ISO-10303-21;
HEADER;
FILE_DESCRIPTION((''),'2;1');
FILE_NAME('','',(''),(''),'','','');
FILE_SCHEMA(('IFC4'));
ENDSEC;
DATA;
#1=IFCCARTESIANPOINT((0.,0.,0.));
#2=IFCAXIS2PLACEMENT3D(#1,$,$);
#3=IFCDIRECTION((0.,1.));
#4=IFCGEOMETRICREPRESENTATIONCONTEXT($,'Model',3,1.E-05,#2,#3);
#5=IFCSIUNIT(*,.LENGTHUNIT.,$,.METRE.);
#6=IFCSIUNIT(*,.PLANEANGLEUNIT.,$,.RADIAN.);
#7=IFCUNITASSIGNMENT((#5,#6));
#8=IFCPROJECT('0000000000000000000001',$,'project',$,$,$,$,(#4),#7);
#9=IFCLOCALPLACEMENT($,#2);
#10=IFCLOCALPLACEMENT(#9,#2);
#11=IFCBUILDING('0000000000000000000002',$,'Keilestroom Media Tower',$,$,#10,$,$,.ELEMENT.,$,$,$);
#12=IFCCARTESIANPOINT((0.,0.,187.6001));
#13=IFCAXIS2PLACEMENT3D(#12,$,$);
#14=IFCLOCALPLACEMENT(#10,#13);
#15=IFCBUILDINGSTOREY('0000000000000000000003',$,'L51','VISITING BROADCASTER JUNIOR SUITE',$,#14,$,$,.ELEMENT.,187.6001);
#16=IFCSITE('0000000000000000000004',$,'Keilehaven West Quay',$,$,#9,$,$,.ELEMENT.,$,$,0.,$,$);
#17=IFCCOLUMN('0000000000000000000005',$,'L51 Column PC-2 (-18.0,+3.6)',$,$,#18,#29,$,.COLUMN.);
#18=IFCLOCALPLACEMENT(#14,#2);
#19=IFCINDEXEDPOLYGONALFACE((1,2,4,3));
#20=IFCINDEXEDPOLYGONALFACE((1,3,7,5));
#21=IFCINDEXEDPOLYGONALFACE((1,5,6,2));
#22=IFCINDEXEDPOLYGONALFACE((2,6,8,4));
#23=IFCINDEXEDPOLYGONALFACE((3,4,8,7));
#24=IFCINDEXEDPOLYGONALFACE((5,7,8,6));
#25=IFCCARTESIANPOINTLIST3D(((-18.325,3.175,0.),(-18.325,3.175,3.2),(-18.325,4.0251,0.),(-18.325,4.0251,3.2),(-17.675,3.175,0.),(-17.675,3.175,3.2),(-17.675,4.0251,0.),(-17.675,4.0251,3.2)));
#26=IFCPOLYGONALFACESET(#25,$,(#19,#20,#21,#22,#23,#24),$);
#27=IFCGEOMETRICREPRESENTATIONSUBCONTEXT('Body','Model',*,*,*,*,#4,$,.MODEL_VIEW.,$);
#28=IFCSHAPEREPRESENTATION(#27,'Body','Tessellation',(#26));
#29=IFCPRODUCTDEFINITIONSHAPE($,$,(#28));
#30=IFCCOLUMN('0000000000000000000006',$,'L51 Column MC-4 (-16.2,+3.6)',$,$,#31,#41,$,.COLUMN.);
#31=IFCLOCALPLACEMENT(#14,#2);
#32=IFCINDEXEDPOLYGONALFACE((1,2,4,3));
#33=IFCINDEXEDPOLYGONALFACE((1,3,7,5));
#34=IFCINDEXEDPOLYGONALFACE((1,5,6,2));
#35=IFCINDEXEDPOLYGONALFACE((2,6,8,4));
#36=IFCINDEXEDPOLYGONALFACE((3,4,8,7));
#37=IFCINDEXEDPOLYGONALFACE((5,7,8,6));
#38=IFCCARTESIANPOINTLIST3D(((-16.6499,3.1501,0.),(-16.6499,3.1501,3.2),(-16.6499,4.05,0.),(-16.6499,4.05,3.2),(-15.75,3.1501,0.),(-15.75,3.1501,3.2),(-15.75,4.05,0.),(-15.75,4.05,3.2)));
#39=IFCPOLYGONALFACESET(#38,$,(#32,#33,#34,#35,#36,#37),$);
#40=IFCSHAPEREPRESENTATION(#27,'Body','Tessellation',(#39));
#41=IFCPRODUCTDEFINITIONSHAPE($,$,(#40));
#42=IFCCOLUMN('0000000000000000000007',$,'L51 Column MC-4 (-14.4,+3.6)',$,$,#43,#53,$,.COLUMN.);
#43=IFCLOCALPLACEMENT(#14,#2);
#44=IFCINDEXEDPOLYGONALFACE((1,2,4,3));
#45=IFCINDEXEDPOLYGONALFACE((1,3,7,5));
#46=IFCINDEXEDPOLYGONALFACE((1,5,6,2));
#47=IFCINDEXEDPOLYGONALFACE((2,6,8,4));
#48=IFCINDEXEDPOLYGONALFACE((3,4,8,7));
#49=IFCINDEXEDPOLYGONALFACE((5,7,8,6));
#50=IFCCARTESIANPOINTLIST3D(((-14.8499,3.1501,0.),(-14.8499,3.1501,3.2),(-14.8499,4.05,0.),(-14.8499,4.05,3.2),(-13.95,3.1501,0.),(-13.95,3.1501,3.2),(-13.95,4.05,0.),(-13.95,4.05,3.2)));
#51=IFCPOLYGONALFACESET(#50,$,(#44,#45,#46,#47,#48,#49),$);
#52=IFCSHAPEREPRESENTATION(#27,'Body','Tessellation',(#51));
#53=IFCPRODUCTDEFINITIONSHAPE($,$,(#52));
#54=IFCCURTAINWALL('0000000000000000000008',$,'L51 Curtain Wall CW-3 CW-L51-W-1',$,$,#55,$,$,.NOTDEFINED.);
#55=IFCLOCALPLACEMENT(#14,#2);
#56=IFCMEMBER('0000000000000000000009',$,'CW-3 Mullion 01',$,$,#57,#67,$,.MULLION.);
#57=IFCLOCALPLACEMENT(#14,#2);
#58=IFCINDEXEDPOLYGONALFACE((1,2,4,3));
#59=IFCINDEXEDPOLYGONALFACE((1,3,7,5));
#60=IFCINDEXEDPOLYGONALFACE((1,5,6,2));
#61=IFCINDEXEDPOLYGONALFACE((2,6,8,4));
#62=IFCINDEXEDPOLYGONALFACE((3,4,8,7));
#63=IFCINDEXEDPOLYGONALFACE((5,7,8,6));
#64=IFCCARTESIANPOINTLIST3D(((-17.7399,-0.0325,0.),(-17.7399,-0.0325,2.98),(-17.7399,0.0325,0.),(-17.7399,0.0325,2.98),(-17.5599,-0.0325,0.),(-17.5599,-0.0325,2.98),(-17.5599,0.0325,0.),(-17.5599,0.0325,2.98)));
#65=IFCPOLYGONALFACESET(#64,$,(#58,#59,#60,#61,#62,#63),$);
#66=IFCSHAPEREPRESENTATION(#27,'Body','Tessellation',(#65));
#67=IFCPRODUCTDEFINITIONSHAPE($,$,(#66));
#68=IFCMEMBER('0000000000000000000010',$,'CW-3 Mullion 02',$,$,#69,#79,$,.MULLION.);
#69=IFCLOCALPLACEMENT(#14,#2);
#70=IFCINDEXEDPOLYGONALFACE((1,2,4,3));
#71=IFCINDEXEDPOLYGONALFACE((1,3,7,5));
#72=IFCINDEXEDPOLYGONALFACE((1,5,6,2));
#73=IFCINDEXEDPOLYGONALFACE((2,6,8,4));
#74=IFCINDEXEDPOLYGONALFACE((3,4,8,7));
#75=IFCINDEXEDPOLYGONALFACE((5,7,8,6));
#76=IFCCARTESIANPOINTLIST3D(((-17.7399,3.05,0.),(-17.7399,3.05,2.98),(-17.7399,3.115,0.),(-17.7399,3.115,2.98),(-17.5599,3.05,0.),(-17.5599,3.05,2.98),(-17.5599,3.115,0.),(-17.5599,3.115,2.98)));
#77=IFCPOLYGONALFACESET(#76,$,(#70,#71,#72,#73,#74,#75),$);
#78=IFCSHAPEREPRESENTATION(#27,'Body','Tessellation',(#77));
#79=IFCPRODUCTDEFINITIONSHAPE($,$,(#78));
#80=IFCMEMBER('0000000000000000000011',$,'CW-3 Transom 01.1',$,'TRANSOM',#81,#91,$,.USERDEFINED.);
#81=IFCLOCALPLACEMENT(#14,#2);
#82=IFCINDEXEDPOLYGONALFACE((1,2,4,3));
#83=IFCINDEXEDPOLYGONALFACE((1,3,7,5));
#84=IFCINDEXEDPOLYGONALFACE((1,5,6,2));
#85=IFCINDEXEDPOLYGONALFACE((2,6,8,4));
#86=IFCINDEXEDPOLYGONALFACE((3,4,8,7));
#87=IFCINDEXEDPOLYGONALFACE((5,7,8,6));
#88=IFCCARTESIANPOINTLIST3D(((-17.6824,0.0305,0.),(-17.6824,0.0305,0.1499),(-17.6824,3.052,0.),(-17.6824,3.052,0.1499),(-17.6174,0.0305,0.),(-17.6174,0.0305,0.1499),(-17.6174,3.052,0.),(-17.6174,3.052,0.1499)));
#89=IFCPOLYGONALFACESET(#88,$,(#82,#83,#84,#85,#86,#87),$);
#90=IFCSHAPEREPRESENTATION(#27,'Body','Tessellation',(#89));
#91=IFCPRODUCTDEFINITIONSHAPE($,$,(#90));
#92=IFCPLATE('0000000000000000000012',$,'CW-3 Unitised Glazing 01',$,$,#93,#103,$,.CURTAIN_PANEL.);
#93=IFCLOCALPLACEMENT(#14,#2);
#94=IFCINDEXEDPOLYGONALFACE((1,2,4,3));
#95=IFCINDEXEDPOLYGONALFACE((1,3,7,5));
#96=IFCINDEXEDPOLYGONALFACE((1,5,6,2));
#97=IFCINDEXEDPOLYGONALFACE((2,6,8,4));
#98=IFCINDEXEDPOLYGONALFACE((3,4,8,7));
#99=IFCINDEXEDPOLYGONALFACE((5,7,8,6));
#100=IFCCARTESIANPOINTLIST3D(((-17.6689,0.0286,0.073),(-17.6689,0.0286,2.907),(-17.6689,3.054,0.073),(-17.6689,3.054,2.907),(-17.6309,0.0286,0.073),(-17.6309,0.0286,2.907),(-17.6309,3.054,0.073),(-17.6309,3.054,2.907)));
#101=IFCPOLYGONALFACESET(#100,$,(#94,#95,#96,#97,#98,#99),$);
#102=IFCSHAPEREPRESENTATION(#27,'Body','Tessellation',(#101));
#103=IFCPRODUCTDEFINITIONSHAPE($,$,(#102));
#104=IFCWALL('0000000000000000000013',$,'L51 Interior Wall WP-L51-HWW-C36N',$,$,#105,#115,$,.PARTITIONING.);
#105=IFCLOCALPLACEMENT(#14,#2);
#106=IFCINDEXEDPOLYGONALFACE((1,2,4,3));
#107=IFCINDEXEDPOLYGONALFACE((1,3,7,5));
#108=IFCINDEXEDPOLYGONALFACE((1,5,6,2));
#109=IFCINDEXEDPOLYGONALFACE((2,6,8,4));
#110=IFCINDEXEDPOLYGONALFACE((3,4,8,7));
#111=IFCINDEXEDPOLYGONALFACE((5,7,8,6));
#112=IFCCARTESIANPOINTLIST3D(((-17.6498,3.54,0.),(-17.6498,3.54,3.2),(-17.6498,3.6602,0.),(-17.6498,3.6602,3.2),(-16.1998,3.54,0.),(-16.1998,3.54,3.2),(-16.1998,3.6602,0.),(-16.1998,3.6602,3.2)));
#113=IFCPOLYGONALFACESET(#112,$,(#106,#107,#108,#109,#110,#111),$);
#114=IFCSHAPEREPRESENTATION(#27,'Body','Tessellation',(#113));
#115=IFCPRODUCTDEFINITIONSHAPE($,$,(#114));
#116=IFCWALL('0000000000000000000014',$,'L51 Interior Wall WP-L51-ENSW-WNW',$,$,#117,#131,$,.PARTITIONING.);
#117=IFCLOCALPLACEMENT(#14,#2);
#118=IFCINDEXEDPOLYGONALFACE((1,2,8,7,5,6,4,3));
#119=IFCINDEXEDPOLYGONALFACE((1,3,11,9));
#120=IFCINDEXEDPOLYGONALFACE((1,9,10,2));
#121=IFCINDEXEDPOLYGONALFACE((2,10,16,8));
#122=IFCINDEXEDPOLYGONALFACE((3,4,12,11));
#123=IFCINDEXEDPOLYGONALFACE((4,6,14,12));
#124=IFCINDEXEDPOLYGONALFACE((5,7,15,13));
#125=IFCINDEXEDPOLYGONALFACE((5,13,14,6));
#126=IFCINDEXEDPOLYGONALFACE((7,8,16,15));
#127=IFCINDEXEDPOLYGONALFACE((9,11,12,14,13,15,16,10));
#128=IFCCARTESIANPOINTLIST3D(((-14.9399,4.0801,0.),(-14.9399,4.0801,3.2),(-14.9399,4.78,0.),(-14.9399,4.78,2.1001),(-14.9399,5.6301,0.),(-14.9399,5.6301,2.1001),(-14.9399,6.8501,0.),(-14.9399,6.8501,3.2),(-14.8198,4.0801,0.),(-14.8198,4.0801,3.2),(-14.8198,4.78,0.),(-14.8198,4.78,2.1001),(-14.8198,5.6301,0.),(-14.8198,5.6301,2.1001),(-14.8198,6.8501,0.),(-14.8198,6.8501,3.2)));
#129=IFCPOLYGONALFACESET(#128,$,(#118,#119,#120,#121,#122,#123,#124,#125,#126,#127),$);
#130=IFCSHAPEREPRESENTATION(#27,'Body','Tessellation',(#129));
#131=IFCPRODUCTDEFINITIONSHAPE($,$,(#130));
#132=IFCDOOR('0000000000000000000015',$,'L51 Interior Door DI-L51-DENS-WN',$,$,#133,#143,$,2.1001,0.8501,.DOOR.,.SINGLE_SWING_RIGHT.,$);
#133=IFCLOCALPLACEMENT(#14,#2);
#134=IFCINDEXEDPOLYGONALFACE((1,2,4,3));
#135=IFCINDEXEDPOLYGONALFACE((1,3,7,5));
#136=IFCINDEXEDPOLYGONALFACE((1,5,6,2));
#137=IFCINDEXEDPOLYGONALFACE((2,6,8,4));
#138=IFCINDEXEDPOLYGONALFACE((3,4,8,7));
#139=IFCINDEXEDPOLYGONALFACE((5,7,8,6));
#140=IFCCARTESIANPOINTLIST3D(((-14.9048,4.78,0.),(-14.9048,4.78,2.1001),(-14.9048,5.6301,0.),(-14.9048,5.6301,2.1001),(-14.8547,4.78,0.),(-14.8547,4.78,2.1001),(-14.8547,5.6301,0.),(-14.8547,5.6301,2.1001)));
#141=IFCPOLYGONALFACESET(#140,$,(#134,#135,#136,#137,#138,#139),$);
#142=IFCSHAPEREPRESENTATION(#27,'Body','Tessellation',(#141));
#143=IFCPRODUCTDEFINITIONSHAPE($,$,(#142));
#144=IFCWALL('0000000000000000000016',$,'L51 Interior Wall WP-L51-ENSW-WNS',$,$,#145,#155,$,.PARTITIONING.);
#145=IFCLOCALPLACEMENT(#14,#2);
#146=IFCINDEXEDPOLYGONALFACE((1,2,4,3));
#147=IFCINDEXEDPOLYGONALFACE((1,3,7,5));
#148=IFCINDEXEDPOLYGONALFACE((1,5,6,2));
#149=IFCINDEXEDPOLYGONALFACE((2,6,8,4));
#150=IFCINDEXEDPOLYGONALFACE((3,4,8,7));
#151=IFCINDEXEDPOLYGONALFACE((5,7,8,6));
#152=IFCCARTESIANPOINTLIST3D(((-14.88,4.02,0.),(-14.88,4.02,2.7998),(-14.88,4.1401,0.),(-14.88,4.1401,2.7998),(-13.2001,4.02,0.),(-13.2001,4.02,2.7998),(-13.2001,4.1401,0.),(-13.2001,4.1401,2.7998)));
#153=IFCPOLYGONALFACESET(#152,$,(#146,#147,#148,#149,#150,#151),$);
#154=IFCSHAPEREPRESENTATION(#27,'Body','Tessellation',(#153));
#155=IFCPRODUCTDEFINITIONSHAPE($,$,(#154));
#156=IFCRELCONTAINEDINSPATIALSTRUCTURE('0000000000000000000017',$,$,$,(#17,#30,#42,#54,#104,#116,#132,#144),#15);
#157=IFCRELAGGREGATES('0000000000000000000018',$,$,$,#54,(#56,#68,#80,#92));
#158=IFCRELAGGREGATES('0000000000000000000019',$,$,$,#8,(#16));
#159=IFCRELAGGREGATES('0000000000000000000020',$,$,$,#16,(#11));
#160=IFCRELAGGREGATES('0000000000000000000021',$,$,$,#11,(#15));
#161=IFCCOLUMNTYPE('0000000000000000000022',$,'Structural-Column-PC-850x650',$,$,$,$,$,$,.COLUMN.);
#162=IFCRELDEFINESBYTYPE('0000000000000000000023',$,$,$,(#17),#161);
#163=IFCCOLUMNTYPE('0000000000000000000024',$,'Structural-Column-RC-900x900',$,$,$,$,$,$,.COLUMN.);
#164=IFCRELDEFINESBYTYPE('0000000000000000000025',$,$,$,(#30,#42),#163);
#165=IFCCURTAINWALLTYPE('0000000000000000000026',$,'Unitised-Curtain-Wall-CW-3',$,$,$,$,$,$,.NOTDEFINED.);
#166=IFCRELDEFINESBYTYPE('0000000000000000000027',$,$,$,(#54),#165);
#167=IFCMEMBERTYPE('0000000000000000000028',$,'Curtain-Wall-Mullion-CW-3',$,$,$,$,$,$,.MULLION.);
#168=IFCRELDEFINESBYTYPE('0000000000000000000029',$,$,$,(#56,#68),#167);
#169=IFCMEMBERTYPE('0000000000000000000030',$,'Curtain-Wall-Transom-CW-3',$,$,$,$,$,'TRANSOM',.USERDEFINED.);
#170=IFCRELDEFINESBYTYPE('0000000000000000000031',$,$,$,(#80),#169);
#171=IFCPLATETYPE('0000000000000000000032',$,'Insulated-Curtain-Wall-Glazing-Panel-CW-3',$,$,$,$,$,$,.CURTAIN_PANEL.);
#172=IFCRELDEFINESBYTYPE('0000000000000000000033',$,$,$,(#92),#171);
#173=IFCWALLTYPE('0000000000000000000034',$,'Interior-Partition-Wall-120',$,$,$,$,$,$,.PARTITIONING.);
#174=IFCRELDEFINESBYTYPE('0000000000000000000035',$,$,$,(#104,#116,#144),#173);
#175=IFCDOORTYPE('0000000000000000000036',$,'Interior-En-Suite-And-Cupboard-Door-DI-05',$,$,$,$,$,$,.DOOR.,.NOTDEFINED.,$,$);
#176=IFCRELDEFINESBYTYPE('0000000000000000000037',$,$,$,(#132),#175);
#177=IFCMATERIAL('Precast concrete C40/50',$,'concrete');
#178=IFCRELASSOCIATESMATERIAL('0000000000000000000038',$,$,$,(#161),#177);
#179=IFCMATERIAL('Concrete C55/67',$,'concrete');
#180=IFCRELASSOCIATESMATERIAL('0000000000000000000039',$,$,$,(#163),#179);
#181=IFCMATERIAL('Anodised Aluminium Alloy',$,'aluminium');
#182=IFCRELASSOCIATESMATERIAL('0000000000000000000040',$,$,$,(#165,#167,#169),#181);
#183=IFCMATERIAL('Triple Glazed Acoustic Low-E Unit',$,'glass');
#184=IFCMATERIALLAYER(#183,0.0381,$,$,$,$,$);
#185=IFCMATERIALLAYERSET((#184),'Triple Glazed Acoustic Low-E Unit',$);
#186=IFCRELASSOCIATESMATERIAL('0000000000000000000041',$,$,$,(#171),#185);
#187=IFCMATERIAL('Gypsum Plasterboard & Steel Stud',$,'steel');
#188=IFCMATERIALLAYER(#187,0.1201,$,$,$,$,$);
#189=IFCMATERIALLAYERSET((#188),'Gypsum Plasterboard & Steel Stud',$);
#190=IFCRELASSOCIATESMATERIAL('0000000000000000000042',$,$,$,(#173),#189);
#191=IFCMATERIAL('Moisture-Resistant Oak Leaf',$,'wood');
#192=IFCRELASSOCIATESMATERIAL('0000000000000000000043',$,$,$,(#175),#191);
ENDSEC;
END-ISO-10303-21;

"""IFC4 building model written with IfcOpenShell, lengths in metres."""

from ifc_helpers import new_model, si_unit, direction, frame, frame_2d, origin, origin_2d, place, context, subcontext, project, spatial, rectangle, extrude, source, transform, mapped, material, layer, layer_set, material_profile, profile_set, type_object, element, fill, aggregate, save


model = new_model("IFC4")

# Units and contexts
model_context = context("Model", 3, precision=1e-05, world=origin(), true_north=direction((0.0, 1.0)))
body_context = subcontext(model_context, "Body", "Model", "MODEL_VIEW")
ifc_project = project(units=[si_unit("LENGTHUNIT", "METRE"), si_unit("PLANEANGLEUNIT", "RADIAN")], contexts=[model_context])

# Site, building, storey
site_placement = place(None, origin())
site = spatial("IfcSite", under=ifc_project, at=site_placement, Name="Keilehaven West Quay", CompositionType="ELEMENT", RefElevation=0.0)
building_placement = place(site_placement, origin())
building = spatial("IfcBuilding", under=site, at=building_placement, Name="Keilestroom Media Tower", CompositionType="ELEMENT")
storey_placement = place(building_placement, frame((0.0, 0.0, 187.6001)))
storey = spatial("IfcBuildingStorey", under=building, at=storey_placement, Name="L51", Description="VISITING BROADCASTER JUNIOR SUITE", CompositionType="ELEMENT", Elevation=187.6001)

# Columns
ifc_material_1 = material(Name="Precast concrete C40/50", Category="concrete")
ifc_material_profile_1 = material_profile(ifc_material_1, rectangle(XDim=0.6499, YDim=0.8501, at=origin_2d()), Name="PC 850x650")
ifc_profile_set_1 = profile_set([ifc_material_profile_1], Name="Precast concrete C40/50")
column_type_1 = type_object("IfcColumnType", Name="Structural-Column-PC-850x650", PredefinedType="COLUMN", material=ifc_profile_set_1)
shared_shape_1 = source(origin(), body_context, "Body", "SweptSolid", [
    extrude(rectangle(XDim=0.6499, YDim=0.8501, at=origin_2d()), origin(), (0.0, 0.0, 1.0), 3.2),
])
column_placement = place(storey_placement, frame((-18.0, 3.6001, 0.0), z_axis=(0.0, 0.0, 1.0), x_axis=(1.0, 0.0, 0.0)))
element("IfcColumn", 1, at=column_placement, inside=storey, type_object=column_type_1, Name="L51 Column PC-2 (-18.0,+3.6)", PredefinedType="COLUMN", context=body_context, shape_type="MappedRepresentation", body=[
    mapped(shared_shape_1, transform((0.0, 0.0, 0.0), x_axis=(1.0, 0.0, 0.0), y_axis=(0.0, 1.0, 0.0), z_axis=(0.0, 0.0, 1.0), scale=1.0)),
])
ifc_material_2 = material(Name="Concrete C55/67", Category="concrete")
ifc_material_profile_2 = material_profile(ifc_material_2, rectangle(XDim=0.8999, YDim=0.8999, at=origin_2d()), Name="RC 900x900")
ifc_profile_set_2 = profile_set([ifc_material_profile_2], Name="Concrete C55/67")
column_type_2 = type_object("IfcColumnType", Name="Structural-Column-RC-900x900", PredefinedType="COLUMN", material=ifc_profile_set_2)
shared_shape_2 = source(origin(), body_context, "Body", "SweptSolid", [
    extrude(rectangle(XDim=0.8999, YDim=0.8999, at=origin_2d()), origin(), (0.0, 0.0, 1.0), 3.2),
])
for number, where, z_axis, x_axis, name in (
    (2, (-16.2, 3.6001, 0.0), (0.0, 0.0, 1.0), (1.0, 0.0, 0.0), "L51 Column MC-4 (-16.2,+3.6)"),
    (3, (-14.3999, 3.6001, 0.0), (0.0, 0.0, 1.0), (1.0, 0.0, 0.0), "L51 Column MC-4 (-14.4,+3.6)"),
):
    element("IfcColumn", number, at=place(storey_placement, frame(where, z_axis=z_axis, x_axis=x_axis)), inside=storey, type_object=column_type_2, Name=name, PredefinedType="COLUMN", context=body_context, shape_type="MappedRepresentation", body=[
        mapped(shared_shape_2, transform((0.0, 0.0, 0.0), x_axis=(1.0, 0.0, 0.0), y_axis=(0.0, 1.0, 0.0), z_axis=(0.0, 0.0, 1.0), scale=1.0)),
    ])

# Curtain wall, members, plate
ifc_material_3 = material(Name="Anodised Aluminium Alloy", Category="aluminium")
curtain_wall_type = type_object("IfcCurtainWallType", Name="Unitised-Curtain-Wall-CW-3", PredefinedType="NOTDEFINED", material=ifc_material_3)
curtain_wall_placement = place(storey_placement, origin())
curtain_wall = element("IfcCurtainWall", 4, at=curtain_wall_placement, inside=storey, type_object=curtain_wall_type, Name="L51 Curtain Wall CW-3 CW-L51-W-1", PredefinedType="NOTDEFINED")
ifc_material_profile_3 = material_profile(ifc_material_3, rectangle(XDim=0.0649, YDim=0.1799, at=origin_2d()), Name="ALU MULLION 65x180")
ifc_profile_set_3 = profile_set([ifc_material_profile_3], Name="Anodised Aluminium Alloy")
member_type_1 = type_object("IfcMemberType", Name="Curtain-Wall-Mullion-CW-3", PredefinedType="MULLION", material=ifc_profile_set_3)
shared_shape_3 = source(origin(), body_context, "Body", "SweptSolid", [
    extrude(rectangle(XDim=0.0649, YDim=0.1799, at=origin_2d()), origin(), (0.0, 0.0, 1.0), 2.98),
])
member_1_placement = place(storey_placement, frame((-17.6499, 0.0, 0.0), z_axis=(0.0, 0.0, 1.0), x_axis=(0.0, 1.0, 0.0)))
member_1 = element("IfcMember", 5, at=member_1_placement, type_object=member_type_1, Name="CW-3 Mullion 01", PredefinedType="MULLION", context=body_context, shape_type="MappedRepresentation", body=[
    mapped(shared_shape_3, transform((0.0, 0.0, 0.0), x_axis=(1.0, 0.0, 0.0), y_axis=(0.0, 1.0, 0.0), z_axis=(0.0, 0.0, 1.0), scale=1.0)),
])
member_2_placement = place(storey_placement, frame((-17.6499, 3.0825, 0.0), z_axis=(0.0, 0.0, 1.0), x_axis=(0.0, 1.0, 0.0)))
member_2 = element("IfcMember", 6, at=member_2_placement, type_object=member_type_1, Name="CW-3 Mullion 02", PredefinedType="MULLION", context=body_context, shape_type="MappedRepresentation", body=[
    mapped(shared_shape_3, transform((0.0, 0.0, 0.0), x_axis=(1.0, 0.0, 0.0), y_axis=(0.0, 1.0, 0.0), z_axis=(0.0, 0.0, 1.0), scale=1.0)),
])
ifc_material_profile_4 = material_profile(ifc_material_3, rectangle(XDim=0.0649, YDim=0.1499, at=origin_2d()), Name="ALU TRANSOM 65x150")
ifc_profile_set_4 = profile_set([ifc_material_profile_4], Name="Anodised Aluminium Alloy")
member_type_2 = type_object("IfcMemberType", Name="Curtain-Wall-Transom-CW-3", ElementType="TRANSOM", PredefinedType="USERDEFINED", material=ifc_profile_set_4)
shared_shape_4 = source(origin(), body_context, "Body", "SweptSolid", [
    extrude(rectangle(XDim=0.0649, YDim=0.1499, at=origin_2d()), origin(), (0.0, 0.0, 1.0), 3.0215),
])
member_3_placement = place(storey_placement, frame((-17.6499, 0.0305, 0.075), z_axis=(0.0, 1.0, 0.0), x_axis=(-1.0, 0.0, 0.0)))
member_3 = element("IfcMember", 7, at=member_3_placement, type_object=member_type_2, Name="CW-3 Transom 01.1", ObjectType="TRANSOM", PredefinedType="USERDEFINED", context=body_context, shape_type="MappedRepresentation", body=[
    mapped(shared_shape_4, transform((0.0, 0.0, 0.0), x_axis=(1.0, 0.0, 0.0), y_axis=(0.0, 1.0, 0.0), z_axis=(0.0, 0.0, 1.0), scale=1.0)),
])
ifc_material_4 = material(Name="Triple Glazed Acoustic Low-E Unit", Category="glass")
ifc_layer_1 = layer(ifc_material_4, 0.0381)
ifc_layer_set_1 = layer_set([ifc_layer_1], Name="Triple Glazed Acoustic Low-E Unit")
plate_type = type_object("IfcPlateType", Name="Insulated-Curtain-Wall-Glazing-Panel-CW-3", PredefinedType="CURTAIN_PANEL", material=ifc_layer_set_1)
shared_shape_5 = source(origin(), body_context, "Body", "SweptSolid", [
    extrude(rectangle(XDim=3.0254, YDim=0.0381, at=origin_2d()), origin(), (0.0, 0.0, 1.0), 2.834),
])
plate_placement = place(storey_placement, frame((-17.6499, 1.5413, 0.073), z_axis=(0.0, 0.0, 1.0), x_axis=(0.0, 1.0, 0.0)))
plate = element("IfcPlate", 8, at=plate_placement, type_object=plate_type, Name="CW-3 Unitised Glazing 01", PredefinedType="CURTAIN_PANEL", context=body_context, shape_type="MappedRepresentation", body=[
    mapped(shared_shape_5, transform((0.0, 0.0, 0.0), x_axis=(1.0, 0.0, 0.0), y_axis=(0.0, 1.0, 0.0), z_axis=(0.0, 0.0, 1.0), scale=1.0)),
])
aggregate(curtain_wall, [member_1, member_2, member_3, plate])

# Wall
ifc_material_5 = material(Name="Gypsum Plasterboard & Steel Stud", Category="steel")
ifc_layer_2 = layer(ifc_material_5, 0.1201)
ifc_layer_set_2 = layer_set([ifc_layer_2], Name="Gypsum Plasterboard & Steel Stud")
wall_type_1 = type_object("IfcWallType", Name="Interior-Partition-Wall-120", PredefinedType="PARTITIONING", material=ifc_layer_set_2)
wall_1_placement = place(storey_placement, frame((-17.6499, 3.6001, 0.0), z_axis=(0.0, 0.0, 1.0), x_axis=(1.0, 0.0, 0.0)))
element("IfcWall", 9, at=wall_1_placement, inside=storey, type_object=wall_type_1, Name="L51 Interior Wall WP-L51-HWW-C36N", PredefinedType="PARTITIONING", context=body_context, shape_type="SweptSolid", body=[
    extrude(rectangle(XDim=1.45, YDim=0.1201, at=frame_2d((0.7251, 0.0))), origin(), (0.0, 0.0, 1.0), 3.2),
])

# Wall, opening, door
wall_2_placement = place(storey_placement, frame((-14.8799, 4.0801, 0.0), z_axis=(0.0, 0.0, 1.0), x_axis=(0.0, 1.0, 0.0)))
wall_2 = element("IfcWall", 10, at=wall_2_placement, inside=storey, type_object=wall_type_1, Name="L51 Interior Wall WP-L51-ENSW-WNW", PredefinedType="PARTITIONING", context=body_context, shape_type="SweptSolid", body=[
    extrude(rectangle(XDim=2.77, YDim=0.1201, at=frame_2d((1.385, 0.0))), origin(), (0.0, 0.0, 1.0), 3.2),
])
opening_1_placement = place(wall_2_placement, frame((0.7, 0.0, 0.0)))
opening_1 = element("IfcOpeningElement", 11, at=opening_1_placement, cuts=wall_2, PredefinedType="OPENING", context=body_context, shape_type="SweptSolid", body=[
    extrude(rectangle(XDim=0.8501, YDim=2.1001, at=frame_2d((0.425, 1.05))), frame((0.0, 0.0701, 0.0), z_axis=(0.0, -1.0, 0.0), x_axis=(1.0, 0.0, 0.0)), (0.0, 0.0, 1.0), 0.1401),
])
ifc_material_6 = material(Name="Moisture-Resistant Oak Leaf", Category="wood")
door_type = type_object("IfcDoorType", Name="Interior-En-Suite-And-Cupboard-Door-DI-05", OperationType="NOTDEFINED", PredefinedType="DOOR", material=ifc_material_6)
shared_shape_6 = source(origin(), body_context, "Body", "SweptSolid", [
    extrude(rectangle(XDim=0.8501, YDim=2.1001, at=frame_2d((0.425, 1.05))), frame((0.0, 0.0249, 0.0), z_axis=(0.0, -1.0, 0.0), x_axis=(1.0, 0.0, 0.0)), (0.0, 0.0, 1.0), 0.05),
])
door_1_placement = place(opening_1_placement, origin())
door_1 = element("IfcDoor", 12, at=door_1_placement, inside=storey, type_object=door_type, Name="L51 Interior Door DI-L51-DENS-WN", OperationType="SINGLE_SWING_RIGHT", OverallHeight=2.1001, OverallWidth=0.8501, PredefinedType="DOOR", context=body_context, shape_type="MappedRepresentation", body=[
    mapped(shared_shape_6, transform((0.0, 0.0, 0.0), x_axis=(1.0, 0.0, 0.0), y_axis=(0.0, 1.0, 0.0), z_axis=(0.0, 0.0, 1.0), scale=1.0)),
])
fill(opening_1, door_1)

# Wall
wall_3_placement = place(storey_placement, frame((-14.8799, 4.0801, 0.0), z_axis=(0.0, 0.0, 1.0), x_axis=(1.0, 0.0, 0.0)))
element("IfcWall", 13, at=wall_3_placement, inside=storey, type_object=wall_type_1, Name="L51 Interior Wall WP-L51-ENSW-WNS", PredefinedType="PARTITIONING", context=body_context, shape_type="SweptSolid", body=[
    extrude(rectangle(XDim=1.6799, YDim=0.1201, at=frame_2d((0.8398, 0.0))), origin(), (0.0, 0.0, 1.0), 2.7998),
])

save(model, "model.ifc")
